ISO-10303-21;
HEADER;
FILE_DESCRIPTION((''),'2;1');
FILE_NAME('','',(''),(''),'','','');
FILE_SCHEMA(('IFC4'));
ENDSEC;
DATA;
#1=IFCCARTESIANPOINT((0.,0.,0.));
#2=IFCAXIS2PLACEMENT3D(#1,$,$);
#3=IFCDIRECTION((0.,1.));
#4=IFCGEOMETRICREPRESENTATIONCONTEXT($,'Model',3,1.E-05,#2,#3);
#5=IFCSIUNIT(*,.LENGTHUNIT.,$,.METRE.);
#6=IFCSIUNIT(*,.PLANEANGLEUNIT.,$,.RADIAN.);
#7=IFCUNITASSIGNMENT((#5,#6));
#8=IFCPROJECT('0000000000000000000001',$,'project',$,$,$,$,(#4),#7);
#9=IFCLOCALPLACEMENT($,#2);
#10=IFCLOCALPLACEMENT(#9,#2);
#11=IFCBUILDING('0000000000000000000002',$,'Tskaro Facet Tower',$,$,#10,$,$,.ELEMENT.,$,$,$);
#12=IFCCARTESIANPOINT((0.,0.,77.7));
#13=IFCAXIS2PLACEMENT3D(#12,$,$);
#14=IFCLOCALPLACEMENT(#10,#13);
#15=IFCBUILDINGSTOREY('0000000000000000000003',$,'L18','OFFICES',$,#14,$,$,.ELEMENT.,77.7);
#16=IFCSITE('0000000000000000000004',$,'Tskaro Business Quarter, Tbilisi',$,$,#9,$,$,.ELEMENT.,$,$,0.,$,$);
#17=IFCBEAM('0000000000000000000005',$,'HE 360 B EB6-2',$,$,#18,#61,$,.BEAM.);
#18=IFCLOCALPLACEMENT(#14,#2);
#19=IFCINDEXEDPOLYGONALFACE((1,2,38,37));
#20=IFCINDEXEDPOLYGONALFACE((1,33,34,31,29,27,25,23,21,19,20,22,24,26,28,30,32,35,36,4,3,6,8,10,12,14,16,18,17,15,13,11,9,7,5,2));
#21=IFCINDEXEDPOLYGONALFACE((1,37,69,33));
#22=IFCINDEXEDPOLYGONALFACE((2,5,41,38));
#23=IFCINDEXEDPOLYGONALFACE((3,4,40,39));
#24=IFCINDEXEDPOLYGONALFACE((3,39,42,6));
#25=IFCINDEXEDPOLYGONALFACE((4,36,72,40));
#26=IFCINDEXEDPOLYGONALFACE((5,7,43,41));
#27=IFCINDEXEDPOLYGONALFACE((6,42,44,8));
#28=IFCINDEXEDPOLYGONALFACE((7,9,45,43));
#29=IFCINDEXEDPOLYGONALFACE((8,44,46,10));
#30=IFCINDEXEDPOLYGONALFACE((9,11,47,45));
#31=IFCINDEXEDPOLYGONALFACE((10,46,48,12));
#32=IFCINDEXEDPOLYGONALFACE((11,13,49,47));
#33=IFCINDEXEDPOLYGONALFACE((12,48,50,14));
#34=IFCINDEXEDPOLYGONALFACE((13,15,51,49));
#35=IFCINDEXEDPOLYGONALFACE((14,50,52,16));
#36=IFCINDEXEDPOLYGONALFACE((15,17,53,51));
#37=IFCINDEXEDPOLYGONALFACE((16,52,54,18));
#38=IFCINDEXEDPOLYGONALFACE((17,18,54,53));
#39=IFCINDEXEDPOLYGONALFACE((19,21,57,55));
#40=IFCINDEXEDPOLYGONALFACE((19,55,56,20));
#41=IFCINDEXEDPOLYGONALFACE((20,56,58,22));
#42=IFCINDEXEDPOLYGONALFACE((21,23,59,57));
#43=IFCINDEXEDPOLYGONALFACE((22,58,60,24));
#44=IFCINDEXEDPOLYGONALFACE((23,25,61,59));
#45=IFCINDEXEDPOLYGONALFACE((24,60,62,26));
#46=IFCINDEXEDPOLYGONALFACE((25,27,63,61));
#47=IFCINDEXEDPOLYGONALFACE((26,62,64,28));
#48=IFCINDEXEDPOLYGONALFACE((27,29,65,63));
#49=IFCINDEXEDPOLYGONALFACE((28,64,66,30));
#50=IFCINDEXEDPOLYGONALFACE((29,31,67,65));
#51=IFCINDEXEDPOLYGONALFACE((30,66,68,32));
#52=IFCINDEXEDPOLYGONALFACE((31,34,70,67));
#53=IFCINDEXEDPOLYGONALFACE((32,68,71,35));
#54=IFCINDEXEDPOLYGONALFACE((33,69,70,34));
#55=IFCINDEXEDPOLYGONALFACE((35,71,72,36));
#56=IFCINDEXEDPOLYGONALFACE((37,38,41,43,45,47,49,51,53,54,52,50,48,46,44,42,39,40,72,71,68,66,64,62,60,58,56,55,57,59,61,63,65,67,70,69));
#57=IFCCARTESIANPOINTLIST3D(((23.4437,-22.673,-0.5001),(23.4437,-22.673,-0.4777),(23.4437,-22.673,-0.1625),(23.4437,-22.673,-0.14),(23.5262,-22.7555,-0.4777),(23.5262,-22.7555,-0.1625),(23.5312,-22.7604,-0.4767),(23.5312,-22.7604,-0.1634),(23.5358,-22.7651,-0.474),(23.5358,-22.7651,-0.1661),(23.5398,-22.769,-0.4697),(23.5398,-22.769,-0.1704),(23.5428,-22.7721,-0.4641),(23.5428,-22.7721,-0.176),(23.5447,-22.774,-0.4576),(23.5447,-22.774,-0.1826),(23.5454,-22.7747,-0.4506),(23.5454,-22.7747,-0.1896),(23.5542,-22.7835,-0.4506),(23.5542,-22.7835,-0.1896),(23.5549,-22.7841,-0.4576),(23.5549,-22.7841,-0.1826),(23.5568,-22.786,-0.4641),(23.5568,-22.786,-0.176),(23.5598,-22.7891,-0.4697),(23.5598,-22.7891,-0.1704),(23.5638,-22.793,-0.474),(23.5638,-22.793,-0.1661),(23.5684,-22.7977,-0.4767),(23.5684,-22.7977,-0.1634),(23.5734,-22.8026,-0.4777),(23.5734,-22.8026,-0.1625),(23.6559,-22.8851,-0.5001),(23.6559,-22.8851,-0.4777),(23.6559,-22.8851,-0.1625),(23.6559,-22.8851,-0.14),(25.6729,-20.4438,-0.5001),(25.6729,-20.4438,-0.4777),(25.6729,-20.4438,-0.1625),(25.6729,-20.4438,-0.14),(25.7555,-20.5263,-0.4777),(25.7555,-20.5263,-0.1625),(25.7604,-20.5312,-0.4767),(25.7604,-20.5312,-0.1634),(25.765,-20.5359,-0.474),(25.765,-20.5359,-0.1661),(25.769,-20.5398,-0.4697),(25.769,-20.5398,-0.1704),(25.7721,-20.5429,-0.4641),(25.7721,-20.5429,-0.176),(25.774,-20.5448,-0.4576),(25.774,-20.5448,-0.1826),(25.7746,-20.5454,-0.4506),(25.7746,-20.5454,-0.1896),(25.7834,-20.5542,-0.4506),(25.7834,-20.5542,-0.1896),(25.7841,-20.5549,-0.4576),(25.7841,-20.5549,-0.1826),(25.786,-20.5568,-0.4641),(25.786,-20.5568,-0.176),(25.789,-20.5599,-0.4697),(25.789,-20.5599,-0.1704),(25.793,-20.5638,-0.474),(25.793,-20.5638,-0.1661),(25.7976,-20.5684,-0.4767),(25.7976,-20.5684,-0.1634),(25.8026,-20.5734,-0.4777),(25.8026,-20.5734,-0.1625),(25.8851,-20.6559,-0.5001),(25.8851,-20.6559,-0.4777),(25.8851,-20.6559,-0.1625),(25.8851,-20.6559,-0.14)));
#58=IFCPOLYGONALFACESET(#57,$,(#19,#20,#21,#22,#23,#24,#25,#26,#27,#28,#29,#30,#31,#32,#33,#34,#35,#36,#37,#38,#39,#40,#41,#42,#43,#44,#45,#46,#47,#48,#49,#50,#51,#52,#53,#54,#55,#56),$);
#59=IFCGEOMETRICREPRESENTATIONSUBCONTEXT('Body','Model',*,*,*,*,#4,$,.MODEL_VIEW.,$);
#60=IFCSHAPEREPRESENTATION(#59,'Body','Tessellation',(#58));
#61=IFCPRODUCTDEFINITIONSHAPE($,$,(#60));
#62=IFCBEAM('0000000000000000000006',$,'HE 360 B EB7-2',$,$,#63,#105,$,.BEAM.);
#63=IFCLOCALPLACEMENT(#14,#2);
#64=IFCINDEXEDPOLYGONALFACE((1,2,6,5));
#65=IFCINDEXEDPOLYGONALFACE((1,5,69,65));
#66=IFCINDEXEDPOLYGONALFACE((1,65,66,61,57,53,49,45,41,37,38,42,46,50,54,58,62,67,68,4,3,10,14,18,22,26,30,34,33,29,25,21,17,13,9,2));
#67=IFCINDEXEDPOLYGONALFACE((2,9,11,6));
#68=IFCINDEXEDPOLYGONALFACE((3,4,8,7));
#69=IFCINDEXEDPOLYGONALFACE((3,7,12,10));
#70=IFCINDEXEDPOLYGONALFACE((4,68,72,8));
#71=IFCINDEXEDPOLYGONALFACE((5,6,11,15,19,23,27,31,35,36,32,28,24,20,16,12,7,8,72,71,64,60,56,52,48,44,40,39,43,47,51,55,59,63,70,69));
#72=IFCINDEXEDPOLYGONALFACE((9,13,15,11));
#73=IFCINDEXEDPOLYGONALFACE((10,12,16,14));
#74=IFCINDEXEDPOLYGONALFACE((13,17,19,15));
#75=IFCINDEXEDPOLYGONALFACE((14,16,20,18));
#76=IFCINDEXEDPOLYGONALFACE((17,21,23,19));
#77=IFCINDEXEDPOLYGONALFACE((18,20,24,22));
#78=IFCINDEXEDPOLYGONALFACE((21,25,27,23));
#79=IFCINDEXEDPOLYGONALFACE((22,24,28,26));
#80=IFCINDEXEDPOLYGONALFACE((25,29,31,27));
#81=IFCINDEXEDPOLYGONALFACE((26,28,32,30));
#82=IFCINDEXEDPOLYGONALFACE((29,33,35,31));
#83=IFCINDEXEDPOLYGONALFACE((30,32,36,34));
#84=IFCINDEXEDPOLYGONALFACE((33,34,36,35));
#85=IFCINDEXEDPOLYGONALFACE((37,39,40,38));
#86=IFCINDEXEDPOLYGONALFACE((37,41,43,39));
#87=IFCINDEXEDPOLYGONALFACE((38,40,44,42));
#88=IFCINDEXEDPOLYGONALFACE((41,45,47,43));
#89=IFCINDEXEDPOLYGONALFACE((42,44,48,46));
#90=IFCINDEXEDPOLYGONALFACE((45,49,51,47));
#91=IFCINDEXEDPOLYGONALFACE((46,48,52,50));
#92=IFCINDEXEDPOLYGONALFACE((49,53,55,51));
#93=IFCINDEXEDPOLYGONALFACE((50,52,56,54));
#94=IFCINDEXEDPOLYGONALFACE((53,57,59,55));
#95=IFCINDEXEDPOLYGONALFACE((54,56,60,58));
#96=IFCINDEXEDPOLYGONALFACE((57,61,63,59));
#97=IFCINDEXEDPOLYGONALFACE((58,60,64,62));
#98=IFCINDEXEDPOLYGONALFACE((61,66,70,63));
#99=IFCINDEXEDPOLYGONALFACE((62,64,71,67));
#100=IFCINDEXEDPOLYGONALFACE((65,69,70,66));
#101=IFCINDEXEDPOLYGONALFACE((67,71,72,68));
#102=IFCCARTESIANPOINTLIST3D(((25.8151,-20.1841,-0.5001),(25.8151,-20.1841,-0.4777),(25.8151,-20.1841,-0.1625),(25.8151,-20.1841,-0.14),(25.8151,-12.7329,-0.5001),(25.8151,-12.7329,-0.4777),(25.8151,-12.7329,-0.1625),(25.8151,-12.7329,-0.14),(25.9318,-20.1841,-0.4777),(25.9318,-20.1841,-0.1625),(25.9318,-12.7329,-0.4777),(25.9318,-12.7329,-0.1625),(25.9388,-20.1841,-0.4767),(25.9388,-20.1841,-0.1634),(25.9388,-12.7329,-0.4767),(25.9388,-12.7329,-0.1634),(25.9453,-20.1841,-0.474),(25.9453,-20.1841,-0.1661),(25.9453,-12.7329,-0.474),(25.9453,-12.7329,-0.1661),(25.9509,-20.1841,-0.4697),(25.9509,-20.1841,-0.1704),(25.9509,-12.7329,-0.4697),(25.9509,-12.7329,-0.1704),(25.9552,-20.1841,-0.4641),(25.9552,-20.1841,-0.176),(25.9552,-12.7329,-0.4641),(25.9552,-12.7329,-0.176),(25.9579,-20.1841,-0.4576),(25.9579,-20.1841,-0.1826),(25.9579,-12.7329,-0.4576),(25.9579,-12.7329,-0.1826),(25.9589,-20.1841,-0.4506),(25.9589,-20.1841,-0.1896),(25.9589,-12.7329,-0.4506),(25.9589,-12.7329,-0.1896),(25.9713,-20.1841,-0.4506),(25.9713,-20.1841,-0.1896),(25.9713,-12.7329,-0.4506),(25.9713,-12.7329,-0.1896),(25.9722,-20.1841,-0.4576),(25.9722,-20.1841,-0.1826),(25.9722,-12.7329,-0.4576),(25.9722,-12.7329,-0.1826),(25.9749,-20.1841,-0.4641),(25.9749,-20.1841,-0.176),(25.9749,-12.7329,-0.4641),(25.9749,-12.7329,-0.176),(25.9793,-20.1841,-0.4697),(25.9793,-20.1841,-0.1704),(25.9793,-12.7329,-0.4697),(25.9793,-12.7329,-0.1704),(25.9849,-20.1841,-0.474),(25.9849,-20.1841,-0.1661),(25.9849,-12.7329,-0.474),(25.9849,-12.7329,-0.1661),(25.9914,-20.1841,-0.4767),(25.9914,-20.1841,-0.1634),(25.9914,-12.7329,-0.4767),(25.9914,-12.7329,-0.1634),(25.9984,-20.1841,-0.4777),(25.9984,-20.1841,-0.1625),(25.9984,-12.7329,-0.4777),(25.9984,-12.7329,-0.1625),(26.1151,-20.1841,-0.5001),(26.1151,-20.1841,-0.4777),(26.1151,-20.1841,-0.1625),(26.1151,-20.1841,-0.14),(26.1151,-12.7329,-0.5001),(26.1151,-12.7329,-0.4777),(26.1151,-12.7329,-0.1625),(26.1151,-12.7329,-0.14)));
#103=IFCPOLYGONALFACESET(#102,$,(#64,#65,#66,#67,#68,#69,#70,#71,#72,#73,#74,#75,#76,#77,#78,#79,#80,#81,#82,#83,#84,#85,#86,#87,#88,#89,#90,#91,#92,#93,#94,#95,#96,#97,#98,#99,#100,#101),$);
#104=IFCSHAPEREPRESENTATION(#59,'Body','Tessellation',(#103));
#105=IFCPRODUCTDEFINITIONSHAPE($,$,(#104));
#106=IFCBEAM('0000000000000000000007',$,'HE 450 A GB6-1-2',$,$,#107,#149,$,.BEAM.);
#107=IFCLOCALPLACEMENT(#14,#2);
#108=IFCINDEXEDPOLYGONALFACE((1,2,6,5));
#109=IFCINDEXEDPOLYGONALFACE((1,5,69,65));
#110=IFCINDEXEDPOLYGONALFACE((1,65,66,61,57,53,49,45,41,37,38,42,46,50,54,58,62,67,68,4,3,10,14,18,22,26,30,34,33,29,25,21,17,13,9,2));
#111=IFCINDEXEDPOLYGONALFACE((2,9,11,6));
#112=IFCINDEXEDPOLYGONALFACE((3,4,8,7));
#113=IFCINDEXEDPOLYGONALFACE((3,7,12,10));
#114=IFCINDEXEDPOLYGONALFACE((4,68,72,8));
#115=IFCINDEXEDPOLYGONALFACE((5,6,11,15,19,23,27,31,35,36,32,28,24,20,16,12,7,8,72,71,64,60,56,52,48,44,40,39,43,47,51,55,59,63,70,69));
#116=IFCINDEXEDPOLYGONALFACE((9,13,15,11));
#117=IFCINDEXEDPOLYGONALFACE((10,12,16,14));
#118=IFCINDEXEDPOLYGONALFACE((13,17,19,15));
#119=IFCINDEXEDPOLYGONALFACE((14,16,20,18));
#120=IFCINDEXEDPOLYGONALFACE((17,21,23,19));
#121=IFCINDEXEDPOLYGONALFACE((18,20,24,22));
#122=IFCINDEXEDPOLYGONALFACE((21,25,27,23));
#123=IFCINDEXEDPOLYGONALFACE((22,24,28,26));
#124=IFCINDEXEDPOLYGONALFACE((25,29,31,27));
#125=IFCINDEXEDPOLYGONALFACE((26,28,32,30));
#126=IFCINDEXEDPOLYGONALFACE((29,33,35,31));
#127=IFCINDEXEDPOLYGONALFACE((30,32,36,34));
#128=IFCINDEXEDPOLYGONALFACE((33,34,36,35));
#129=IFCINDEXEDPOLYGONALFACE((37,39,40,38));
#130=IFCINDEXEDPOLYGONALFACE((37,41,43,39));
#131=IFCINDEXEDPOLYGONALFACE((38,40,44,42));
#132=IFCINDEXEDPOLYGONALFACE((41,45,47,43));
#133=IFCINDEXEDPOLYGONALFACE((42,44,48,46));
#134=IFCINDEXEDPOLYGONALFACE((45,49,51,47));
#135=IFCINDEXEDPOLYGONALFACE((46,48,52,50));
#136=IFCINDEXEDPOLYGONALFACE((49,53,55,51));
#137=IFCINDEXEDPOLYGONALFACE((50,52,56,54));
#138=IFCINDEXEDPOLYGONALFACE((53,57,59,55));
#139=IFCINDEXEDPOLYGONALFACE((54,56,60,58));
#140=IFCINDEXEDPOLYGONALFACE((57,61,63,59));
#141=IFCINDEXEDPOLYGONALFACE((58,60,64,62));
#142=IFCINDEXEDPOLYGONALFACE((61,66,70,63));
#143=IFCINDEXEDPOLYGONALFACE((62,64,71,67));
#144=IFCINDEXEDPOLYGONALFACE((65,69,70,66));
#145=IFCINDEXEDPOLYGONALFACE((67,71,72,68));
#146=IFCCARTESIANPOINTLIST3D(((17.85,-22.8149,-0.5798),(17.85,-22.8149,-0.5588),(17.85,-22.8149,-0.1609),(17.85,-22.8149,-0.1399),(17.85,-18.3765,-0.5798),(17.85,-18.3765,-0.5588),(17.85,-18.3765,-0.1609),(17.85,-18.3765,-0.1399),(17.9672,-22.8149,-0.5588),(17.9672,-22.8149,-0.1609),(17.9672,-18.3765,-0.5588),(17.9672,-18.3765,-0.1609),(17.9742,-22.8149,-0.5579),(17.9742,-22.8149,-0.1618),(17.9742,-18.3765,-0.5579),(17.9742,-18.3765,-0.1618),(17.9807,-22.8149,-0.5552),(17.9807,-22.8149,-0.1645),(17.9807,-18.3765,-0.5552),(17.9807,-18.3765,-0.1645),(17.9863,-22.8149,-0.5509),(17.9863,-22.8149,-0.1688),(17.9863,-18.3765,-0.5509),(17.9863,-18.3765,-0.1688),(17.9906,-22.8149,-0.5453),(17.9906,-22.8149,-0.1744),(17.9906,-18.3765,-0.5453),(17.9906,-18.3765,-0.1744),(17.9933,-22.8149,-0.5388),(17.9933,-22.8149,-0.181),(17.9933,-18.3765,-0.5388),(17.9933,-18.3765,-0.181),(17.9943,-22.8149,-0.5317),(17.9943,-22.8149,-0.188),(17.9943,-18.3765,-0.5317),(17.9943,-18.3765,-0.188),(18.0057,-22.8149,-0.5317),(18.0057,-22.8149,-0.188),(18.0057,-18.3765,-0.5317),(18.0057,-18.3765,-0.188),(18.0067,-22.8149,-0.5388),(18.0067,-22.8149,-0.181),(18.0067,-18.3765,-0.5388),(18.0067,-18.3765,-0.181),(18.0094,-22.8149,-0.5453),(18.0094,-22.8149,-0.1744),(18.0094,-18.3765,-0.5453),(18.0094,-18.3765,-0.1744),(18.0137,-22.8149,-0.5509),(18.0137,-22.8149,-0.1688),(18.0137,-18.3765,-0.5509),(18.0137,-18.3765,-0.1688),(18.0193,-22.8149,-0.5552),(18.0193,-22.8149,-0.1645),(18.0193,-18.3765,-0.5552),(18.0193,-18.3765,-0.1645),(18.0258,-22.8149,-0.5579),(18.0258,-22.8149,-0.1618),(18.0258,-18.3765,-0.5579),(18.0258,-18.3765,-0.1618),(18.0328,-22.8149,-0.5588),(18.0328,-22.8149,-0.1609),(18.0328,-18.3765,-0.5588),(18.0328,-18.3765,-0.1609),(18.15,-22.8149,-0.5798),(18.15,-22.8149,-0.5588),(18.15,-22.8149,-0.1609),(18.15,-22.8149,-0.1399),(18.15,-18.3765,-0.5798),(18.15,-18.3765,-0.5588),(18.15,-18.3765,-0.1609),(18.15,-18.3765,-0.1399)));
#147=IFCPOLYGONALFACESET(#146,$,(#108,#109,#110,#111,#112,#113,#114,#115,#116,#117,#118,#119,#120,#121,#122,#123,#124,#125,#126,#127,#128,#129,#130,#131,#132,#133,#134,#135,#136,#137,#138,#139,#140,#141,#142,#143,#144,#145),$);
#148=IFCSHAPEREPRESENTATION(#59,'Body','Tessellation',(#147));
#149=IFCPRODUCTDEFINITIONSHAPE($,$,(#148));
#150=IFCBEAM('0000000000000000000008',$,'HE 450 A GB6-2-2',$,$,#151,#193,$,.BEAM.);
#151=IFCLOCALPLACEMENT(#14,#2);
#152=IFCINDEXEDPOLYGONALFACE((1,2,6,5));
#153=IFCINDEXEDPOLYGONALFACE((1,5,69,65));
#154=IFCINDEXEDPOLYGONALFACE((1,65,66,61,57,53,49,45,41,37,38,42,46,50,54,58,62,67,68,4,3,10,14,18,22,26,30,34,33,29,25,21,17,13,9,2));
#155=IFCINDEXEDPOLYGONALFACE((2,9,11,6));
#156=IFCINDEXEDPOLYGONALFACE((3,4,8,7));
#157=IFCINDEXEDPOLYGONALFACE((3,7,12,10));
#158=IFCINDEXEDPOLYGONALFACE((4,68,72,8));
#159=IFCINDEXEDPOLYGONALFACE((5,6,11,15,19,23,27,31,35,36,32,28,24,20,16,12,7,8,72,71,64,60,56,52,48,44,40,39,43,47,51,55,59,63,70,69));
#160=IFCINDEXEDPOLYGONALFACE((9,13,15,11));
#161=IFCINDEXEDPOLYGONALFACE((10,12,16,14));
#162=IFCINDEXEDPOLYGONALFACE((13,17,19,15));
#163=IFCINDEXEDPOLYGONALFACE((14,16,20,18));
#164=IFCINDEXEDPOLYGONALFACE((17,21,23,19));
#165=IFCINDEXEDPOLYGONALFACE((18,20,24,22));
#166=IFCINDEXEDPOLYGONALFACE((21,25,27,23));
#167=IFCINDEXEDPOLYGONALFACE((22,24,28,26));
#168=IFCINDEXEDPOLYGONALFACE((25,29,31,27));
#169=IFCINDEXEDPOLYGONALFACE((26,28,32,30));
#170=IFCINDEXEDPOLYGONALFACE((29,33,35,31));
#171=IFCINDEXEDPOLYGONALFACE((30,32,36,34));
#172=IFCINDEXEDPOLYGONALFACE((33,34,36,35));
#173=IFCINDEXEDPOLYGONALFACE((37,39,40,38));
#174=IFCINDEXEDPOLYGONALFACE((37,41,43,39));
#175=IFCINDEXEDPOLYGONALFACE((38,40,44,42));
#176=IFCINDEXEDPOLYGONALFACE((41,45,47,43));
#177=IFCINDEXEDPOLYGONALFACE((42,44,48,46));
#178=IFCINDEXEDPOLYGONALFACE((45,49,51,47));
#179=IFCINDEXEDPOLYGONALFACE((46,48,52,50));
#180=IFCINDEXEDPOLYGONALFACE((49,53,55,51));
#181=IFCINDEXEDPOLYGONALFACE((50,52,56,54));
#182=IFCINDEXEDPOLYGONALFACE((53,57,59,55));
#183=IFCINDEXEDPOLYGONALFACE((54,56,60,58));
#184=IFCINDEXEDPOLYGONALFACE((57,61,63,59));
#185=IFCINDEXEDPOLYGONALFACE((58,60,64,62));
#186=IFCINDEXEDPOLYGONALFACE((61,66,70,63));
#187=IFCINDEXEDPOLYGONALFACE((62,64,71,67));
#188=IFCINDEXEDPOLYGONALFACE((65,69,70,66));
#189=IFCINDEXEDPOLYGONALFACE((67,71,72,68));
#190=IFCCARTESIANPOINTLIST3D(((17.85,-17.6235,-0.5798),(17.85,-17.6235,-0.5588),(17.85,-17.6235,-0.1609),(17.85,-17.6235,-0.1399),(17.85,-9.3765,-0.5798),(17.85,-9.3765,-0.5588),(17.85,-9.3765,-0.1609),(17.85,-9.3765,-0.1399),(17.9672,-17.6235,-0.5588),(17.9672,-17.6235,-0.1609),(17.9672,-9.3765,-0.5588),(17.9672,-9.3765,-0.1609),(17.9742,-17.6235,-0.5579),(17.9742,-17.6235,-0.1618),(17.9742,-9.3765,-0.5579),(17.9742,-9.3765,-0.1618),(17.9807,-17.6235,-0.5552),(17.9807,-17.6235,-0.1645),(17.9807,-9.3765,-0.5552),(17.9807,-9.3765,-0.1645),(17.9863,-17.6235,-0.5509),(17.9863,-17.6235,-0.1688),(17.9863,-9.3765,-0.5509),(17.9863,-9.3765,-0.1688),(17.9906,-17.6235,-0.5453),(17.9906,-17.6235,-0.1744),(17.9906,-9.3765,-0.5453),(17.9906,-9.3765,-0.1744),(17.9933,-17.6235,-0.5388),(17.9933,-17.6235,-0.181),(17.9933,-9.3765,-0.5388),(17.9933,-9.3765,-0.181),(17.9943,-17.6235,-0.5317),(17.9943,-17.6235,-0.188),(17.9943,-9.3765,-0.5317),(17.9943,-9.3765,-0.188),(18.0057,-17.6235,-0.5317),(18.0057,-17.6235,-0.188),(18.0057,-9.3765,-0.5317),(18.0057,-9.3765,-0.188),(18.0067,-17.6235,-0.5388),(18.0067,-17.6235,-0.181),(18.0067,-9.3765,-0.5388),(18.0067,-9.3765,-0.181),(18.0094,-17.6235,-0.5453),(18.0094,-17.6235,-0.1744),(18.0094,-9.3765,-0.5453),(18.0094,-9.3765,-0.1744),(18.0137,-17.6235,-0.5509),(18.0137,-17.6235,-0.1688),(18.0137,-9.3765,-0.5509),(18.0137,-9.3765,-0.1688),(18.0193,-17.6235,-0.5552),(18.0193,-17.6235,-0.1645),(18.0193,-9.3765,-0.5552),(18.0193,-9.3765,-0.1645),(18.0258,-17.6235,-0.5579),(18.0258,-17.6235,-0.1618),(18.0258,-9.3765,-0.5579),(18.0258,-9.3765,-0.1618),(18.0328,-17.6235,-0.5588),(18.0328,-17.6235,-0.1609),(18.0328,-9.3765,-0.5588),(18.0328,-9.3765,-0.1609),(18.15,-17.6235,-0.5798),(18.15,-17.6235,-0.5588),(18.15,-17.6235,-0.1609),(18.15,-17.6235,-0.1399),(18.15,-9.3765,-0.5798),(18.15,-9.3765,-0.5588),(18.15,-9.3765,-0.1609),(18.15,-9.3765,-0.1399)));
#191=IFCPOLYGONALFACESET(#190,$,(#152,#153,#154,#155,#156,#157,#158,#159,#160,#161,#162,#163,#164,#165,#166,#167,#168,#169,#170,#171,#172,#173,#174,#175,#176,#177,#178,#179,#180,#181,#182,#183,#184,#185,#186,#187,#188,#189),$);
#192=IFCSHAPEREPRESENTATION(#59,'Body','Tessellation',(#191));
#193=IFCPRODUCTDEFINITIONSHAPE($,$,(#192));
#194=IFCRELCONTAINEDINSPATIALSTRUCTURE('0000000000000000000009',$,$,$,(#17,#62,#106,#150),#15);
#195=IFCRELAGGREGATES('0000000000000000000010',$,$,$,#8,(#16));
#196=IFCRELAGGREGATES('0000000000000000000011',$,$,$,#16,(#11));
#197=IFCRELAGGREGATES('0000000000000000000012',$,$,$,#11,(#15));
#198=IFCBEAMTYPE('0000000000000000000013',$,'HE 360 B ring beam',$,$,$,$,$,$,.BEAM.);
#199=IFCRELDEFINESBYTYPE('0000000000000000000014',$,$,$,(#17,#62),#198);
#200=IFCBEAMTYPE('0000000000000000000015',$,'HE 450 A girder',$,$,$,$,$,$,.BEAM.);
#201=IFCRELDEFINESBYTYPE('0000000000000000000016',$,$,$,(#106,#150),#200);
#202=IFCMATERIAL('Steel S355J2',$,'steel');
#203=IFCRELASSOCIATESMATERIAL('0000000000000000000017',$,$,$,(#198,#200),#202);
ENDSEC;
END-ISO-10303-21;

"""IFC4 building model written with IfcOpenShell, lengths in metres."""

from ifc_helpers import new_model, si_unit, direction, frame, origin, origin_2d, place, context, subcontext, project, spatial, i_section, extrude, material, material_profile, profile_set, type_object, element, save


model = new_model("IFC4")

# Units and contexts
model_context = context("Model", 3, precision=1e-05, world=origin(), true_north=direction((0.0, 1.0)))
body_context = subcontext(model_context, "Body", "Model", "MODEL_VIEW")
ifc_project = project(units=[si_unit("LENGTHUNIT", "METRE"), si_unit("PLANEANGLEUNIT", "RADIAN")], contexts=[model_context])

# Site, building, storey
site_placement = place(None, origin())
site = spatial("IfcSite", under=ifc_project, at=site_placement, Name="Tskaro Business Quarter, Tbilisi", CompositionType="ELEMENT", RefElevation=0.0)
building_placement = place(site_placement, origin())
building = spatial("IfcBuilding", under=site, at=building_placement, Name="Tskaro Facet Tower", CompositionType="ELEMENT")
storey_placement = place(building_placement, frame((0.0, 0.0, 77.7)))
storey = spatial("IfcBuildingStorey", under=building, at=storey_placement, Name="L18", Description="OFFICES", CompositionType="ELEMENT", Elevation=77.7)

# Beams
ifc_material_1 = material(Name="Steel S355J2", Category="steel")
ifc_material_profile_1 = material_profile(ifc_material_1, i_section(OverallWidth=0.3, OverallDepth=0.3601, WebThickness=0.0125, FlangeThickness=0.0225, FilletRadius=0.0271, at=origin_2d()), Name="HE 360 B")
ifc_profile_set_1 = profile_set([ifc_material_profile_1], Name="Steel S355J2")
beam_type_1 = type_object("IfcBeamType", Name="HE 360 B ring beam", PredefinedType="BEAM", material=ifc_profile_set_1)
beam_1_placement = place(storey_placement, frame((23.5498, -22.7791, -0.3201), z_axis=(0.707107, 0.707107, 0.0), x_axis=(-0.707107, 0.707107, 0.0)))
element("IfcBeam", 1, at=beam_1_placement, inside=storey, type_object=beam_type_1, Name="HE 360 B EB6-2", PredefinedType="BEAM", context=body_context, shape_type="SweptSolid", body=[
    extrude(i_section(OverallWidth=0.3, OverallDepth=0.3601, WebThickness=0.0125, FlangeThickness=0.0225, FilletRadius=0.0271, at=origin_2d()), origin(), (0.0, 0.0, 1.0), 3.1526),
])
beam_2_placement = place(storey_placement, frame((25.9651, -20.1841, -0.3201), z_axis=(0.0, 1.0, 0.0), x_axis=(-1.0, 0.0, 0.0)))
element("IfcBeam", 2, at=beam_2_placement, inside=storey, type_object=beam_type_1, Name="HE 360 B EB7-2", PredefinedType="BEAM", context=body_context, shape_type="SweptSolid", body=[
    extrude(i_section(OverallWidth=0.3, OverallDepth=0.3601, WebThickness=0.0125, FlangeThickness=0.0225, FilletRadius=0.0271, at=origin_2d()), origin(), (0.0, 0.0, 1.0), 7.4512),
])
ifc_material_profile_2 = material_profile(ifc_material_1, i_section(OverallWidth=0.3, OverallDepth=0.4399, WebThickness=0.0115, FlangeThickness=0.021, FilletRadius=0.0271, at=origin_2d()), Name="HE 450 A")
ifc_profile_set_2 = profile_set([ifc_material_profile_2], Name="Steel S355J2")
beam_type_2 = type_object("IfcBeamType", Name="HE 450 A girder", PredefinedType="BEAM", material=ifc_profile_set_2)
beam_3_placement = place(storey_placement, frame((18.0, -22.8149, -0.3599), z_axis=(0.0, 1.0, 0.0), x_axis=(-1.0, 0.0, 0.0)))
element("IfcBeam", 3, at=beam_3_placement, inside=storey, type_object=beam_type_2, Name="HE 450 A GB6-1-2", PredefinedType="BEAM", context=body_context, shape_type="SweptSolid", body=[
    extrude(i_section(OverallWidth=0.3, OverallDepth=0.4399, WebThickness=0.0115, FlangeThickness=0.021, FilletRadius=0.0271, at=origin_2d()), origin(), (0.0, 0.0, 1.0), 4.4385),
])
beam_4_placement = place(storey_placement, frame((18.0, -17.6235, -0.3599), z_axis=(0.0, 1.0, 0.0), x_axis=(-1.0, 0.0, 0.0)))
element("IfcBeam", 4, at=beam_4_placement, inside=storey, type_object=beam_type_2, Name="HE 450 A GB6-2-2", PredefinedType="BEAM", context=body_context, shape_type="SweptSolid", body=[
    extrude(i_section(OverallWidth=0.3, OverallDepth=0.4399, WebThickness=0.0115, FlangeThickness=0.021, FilletRadius=0.0271, at=origin_2d()), origin(), (0.0, 0.0, 1.0), 8.2471),
])

save(model, "model.ifc")
